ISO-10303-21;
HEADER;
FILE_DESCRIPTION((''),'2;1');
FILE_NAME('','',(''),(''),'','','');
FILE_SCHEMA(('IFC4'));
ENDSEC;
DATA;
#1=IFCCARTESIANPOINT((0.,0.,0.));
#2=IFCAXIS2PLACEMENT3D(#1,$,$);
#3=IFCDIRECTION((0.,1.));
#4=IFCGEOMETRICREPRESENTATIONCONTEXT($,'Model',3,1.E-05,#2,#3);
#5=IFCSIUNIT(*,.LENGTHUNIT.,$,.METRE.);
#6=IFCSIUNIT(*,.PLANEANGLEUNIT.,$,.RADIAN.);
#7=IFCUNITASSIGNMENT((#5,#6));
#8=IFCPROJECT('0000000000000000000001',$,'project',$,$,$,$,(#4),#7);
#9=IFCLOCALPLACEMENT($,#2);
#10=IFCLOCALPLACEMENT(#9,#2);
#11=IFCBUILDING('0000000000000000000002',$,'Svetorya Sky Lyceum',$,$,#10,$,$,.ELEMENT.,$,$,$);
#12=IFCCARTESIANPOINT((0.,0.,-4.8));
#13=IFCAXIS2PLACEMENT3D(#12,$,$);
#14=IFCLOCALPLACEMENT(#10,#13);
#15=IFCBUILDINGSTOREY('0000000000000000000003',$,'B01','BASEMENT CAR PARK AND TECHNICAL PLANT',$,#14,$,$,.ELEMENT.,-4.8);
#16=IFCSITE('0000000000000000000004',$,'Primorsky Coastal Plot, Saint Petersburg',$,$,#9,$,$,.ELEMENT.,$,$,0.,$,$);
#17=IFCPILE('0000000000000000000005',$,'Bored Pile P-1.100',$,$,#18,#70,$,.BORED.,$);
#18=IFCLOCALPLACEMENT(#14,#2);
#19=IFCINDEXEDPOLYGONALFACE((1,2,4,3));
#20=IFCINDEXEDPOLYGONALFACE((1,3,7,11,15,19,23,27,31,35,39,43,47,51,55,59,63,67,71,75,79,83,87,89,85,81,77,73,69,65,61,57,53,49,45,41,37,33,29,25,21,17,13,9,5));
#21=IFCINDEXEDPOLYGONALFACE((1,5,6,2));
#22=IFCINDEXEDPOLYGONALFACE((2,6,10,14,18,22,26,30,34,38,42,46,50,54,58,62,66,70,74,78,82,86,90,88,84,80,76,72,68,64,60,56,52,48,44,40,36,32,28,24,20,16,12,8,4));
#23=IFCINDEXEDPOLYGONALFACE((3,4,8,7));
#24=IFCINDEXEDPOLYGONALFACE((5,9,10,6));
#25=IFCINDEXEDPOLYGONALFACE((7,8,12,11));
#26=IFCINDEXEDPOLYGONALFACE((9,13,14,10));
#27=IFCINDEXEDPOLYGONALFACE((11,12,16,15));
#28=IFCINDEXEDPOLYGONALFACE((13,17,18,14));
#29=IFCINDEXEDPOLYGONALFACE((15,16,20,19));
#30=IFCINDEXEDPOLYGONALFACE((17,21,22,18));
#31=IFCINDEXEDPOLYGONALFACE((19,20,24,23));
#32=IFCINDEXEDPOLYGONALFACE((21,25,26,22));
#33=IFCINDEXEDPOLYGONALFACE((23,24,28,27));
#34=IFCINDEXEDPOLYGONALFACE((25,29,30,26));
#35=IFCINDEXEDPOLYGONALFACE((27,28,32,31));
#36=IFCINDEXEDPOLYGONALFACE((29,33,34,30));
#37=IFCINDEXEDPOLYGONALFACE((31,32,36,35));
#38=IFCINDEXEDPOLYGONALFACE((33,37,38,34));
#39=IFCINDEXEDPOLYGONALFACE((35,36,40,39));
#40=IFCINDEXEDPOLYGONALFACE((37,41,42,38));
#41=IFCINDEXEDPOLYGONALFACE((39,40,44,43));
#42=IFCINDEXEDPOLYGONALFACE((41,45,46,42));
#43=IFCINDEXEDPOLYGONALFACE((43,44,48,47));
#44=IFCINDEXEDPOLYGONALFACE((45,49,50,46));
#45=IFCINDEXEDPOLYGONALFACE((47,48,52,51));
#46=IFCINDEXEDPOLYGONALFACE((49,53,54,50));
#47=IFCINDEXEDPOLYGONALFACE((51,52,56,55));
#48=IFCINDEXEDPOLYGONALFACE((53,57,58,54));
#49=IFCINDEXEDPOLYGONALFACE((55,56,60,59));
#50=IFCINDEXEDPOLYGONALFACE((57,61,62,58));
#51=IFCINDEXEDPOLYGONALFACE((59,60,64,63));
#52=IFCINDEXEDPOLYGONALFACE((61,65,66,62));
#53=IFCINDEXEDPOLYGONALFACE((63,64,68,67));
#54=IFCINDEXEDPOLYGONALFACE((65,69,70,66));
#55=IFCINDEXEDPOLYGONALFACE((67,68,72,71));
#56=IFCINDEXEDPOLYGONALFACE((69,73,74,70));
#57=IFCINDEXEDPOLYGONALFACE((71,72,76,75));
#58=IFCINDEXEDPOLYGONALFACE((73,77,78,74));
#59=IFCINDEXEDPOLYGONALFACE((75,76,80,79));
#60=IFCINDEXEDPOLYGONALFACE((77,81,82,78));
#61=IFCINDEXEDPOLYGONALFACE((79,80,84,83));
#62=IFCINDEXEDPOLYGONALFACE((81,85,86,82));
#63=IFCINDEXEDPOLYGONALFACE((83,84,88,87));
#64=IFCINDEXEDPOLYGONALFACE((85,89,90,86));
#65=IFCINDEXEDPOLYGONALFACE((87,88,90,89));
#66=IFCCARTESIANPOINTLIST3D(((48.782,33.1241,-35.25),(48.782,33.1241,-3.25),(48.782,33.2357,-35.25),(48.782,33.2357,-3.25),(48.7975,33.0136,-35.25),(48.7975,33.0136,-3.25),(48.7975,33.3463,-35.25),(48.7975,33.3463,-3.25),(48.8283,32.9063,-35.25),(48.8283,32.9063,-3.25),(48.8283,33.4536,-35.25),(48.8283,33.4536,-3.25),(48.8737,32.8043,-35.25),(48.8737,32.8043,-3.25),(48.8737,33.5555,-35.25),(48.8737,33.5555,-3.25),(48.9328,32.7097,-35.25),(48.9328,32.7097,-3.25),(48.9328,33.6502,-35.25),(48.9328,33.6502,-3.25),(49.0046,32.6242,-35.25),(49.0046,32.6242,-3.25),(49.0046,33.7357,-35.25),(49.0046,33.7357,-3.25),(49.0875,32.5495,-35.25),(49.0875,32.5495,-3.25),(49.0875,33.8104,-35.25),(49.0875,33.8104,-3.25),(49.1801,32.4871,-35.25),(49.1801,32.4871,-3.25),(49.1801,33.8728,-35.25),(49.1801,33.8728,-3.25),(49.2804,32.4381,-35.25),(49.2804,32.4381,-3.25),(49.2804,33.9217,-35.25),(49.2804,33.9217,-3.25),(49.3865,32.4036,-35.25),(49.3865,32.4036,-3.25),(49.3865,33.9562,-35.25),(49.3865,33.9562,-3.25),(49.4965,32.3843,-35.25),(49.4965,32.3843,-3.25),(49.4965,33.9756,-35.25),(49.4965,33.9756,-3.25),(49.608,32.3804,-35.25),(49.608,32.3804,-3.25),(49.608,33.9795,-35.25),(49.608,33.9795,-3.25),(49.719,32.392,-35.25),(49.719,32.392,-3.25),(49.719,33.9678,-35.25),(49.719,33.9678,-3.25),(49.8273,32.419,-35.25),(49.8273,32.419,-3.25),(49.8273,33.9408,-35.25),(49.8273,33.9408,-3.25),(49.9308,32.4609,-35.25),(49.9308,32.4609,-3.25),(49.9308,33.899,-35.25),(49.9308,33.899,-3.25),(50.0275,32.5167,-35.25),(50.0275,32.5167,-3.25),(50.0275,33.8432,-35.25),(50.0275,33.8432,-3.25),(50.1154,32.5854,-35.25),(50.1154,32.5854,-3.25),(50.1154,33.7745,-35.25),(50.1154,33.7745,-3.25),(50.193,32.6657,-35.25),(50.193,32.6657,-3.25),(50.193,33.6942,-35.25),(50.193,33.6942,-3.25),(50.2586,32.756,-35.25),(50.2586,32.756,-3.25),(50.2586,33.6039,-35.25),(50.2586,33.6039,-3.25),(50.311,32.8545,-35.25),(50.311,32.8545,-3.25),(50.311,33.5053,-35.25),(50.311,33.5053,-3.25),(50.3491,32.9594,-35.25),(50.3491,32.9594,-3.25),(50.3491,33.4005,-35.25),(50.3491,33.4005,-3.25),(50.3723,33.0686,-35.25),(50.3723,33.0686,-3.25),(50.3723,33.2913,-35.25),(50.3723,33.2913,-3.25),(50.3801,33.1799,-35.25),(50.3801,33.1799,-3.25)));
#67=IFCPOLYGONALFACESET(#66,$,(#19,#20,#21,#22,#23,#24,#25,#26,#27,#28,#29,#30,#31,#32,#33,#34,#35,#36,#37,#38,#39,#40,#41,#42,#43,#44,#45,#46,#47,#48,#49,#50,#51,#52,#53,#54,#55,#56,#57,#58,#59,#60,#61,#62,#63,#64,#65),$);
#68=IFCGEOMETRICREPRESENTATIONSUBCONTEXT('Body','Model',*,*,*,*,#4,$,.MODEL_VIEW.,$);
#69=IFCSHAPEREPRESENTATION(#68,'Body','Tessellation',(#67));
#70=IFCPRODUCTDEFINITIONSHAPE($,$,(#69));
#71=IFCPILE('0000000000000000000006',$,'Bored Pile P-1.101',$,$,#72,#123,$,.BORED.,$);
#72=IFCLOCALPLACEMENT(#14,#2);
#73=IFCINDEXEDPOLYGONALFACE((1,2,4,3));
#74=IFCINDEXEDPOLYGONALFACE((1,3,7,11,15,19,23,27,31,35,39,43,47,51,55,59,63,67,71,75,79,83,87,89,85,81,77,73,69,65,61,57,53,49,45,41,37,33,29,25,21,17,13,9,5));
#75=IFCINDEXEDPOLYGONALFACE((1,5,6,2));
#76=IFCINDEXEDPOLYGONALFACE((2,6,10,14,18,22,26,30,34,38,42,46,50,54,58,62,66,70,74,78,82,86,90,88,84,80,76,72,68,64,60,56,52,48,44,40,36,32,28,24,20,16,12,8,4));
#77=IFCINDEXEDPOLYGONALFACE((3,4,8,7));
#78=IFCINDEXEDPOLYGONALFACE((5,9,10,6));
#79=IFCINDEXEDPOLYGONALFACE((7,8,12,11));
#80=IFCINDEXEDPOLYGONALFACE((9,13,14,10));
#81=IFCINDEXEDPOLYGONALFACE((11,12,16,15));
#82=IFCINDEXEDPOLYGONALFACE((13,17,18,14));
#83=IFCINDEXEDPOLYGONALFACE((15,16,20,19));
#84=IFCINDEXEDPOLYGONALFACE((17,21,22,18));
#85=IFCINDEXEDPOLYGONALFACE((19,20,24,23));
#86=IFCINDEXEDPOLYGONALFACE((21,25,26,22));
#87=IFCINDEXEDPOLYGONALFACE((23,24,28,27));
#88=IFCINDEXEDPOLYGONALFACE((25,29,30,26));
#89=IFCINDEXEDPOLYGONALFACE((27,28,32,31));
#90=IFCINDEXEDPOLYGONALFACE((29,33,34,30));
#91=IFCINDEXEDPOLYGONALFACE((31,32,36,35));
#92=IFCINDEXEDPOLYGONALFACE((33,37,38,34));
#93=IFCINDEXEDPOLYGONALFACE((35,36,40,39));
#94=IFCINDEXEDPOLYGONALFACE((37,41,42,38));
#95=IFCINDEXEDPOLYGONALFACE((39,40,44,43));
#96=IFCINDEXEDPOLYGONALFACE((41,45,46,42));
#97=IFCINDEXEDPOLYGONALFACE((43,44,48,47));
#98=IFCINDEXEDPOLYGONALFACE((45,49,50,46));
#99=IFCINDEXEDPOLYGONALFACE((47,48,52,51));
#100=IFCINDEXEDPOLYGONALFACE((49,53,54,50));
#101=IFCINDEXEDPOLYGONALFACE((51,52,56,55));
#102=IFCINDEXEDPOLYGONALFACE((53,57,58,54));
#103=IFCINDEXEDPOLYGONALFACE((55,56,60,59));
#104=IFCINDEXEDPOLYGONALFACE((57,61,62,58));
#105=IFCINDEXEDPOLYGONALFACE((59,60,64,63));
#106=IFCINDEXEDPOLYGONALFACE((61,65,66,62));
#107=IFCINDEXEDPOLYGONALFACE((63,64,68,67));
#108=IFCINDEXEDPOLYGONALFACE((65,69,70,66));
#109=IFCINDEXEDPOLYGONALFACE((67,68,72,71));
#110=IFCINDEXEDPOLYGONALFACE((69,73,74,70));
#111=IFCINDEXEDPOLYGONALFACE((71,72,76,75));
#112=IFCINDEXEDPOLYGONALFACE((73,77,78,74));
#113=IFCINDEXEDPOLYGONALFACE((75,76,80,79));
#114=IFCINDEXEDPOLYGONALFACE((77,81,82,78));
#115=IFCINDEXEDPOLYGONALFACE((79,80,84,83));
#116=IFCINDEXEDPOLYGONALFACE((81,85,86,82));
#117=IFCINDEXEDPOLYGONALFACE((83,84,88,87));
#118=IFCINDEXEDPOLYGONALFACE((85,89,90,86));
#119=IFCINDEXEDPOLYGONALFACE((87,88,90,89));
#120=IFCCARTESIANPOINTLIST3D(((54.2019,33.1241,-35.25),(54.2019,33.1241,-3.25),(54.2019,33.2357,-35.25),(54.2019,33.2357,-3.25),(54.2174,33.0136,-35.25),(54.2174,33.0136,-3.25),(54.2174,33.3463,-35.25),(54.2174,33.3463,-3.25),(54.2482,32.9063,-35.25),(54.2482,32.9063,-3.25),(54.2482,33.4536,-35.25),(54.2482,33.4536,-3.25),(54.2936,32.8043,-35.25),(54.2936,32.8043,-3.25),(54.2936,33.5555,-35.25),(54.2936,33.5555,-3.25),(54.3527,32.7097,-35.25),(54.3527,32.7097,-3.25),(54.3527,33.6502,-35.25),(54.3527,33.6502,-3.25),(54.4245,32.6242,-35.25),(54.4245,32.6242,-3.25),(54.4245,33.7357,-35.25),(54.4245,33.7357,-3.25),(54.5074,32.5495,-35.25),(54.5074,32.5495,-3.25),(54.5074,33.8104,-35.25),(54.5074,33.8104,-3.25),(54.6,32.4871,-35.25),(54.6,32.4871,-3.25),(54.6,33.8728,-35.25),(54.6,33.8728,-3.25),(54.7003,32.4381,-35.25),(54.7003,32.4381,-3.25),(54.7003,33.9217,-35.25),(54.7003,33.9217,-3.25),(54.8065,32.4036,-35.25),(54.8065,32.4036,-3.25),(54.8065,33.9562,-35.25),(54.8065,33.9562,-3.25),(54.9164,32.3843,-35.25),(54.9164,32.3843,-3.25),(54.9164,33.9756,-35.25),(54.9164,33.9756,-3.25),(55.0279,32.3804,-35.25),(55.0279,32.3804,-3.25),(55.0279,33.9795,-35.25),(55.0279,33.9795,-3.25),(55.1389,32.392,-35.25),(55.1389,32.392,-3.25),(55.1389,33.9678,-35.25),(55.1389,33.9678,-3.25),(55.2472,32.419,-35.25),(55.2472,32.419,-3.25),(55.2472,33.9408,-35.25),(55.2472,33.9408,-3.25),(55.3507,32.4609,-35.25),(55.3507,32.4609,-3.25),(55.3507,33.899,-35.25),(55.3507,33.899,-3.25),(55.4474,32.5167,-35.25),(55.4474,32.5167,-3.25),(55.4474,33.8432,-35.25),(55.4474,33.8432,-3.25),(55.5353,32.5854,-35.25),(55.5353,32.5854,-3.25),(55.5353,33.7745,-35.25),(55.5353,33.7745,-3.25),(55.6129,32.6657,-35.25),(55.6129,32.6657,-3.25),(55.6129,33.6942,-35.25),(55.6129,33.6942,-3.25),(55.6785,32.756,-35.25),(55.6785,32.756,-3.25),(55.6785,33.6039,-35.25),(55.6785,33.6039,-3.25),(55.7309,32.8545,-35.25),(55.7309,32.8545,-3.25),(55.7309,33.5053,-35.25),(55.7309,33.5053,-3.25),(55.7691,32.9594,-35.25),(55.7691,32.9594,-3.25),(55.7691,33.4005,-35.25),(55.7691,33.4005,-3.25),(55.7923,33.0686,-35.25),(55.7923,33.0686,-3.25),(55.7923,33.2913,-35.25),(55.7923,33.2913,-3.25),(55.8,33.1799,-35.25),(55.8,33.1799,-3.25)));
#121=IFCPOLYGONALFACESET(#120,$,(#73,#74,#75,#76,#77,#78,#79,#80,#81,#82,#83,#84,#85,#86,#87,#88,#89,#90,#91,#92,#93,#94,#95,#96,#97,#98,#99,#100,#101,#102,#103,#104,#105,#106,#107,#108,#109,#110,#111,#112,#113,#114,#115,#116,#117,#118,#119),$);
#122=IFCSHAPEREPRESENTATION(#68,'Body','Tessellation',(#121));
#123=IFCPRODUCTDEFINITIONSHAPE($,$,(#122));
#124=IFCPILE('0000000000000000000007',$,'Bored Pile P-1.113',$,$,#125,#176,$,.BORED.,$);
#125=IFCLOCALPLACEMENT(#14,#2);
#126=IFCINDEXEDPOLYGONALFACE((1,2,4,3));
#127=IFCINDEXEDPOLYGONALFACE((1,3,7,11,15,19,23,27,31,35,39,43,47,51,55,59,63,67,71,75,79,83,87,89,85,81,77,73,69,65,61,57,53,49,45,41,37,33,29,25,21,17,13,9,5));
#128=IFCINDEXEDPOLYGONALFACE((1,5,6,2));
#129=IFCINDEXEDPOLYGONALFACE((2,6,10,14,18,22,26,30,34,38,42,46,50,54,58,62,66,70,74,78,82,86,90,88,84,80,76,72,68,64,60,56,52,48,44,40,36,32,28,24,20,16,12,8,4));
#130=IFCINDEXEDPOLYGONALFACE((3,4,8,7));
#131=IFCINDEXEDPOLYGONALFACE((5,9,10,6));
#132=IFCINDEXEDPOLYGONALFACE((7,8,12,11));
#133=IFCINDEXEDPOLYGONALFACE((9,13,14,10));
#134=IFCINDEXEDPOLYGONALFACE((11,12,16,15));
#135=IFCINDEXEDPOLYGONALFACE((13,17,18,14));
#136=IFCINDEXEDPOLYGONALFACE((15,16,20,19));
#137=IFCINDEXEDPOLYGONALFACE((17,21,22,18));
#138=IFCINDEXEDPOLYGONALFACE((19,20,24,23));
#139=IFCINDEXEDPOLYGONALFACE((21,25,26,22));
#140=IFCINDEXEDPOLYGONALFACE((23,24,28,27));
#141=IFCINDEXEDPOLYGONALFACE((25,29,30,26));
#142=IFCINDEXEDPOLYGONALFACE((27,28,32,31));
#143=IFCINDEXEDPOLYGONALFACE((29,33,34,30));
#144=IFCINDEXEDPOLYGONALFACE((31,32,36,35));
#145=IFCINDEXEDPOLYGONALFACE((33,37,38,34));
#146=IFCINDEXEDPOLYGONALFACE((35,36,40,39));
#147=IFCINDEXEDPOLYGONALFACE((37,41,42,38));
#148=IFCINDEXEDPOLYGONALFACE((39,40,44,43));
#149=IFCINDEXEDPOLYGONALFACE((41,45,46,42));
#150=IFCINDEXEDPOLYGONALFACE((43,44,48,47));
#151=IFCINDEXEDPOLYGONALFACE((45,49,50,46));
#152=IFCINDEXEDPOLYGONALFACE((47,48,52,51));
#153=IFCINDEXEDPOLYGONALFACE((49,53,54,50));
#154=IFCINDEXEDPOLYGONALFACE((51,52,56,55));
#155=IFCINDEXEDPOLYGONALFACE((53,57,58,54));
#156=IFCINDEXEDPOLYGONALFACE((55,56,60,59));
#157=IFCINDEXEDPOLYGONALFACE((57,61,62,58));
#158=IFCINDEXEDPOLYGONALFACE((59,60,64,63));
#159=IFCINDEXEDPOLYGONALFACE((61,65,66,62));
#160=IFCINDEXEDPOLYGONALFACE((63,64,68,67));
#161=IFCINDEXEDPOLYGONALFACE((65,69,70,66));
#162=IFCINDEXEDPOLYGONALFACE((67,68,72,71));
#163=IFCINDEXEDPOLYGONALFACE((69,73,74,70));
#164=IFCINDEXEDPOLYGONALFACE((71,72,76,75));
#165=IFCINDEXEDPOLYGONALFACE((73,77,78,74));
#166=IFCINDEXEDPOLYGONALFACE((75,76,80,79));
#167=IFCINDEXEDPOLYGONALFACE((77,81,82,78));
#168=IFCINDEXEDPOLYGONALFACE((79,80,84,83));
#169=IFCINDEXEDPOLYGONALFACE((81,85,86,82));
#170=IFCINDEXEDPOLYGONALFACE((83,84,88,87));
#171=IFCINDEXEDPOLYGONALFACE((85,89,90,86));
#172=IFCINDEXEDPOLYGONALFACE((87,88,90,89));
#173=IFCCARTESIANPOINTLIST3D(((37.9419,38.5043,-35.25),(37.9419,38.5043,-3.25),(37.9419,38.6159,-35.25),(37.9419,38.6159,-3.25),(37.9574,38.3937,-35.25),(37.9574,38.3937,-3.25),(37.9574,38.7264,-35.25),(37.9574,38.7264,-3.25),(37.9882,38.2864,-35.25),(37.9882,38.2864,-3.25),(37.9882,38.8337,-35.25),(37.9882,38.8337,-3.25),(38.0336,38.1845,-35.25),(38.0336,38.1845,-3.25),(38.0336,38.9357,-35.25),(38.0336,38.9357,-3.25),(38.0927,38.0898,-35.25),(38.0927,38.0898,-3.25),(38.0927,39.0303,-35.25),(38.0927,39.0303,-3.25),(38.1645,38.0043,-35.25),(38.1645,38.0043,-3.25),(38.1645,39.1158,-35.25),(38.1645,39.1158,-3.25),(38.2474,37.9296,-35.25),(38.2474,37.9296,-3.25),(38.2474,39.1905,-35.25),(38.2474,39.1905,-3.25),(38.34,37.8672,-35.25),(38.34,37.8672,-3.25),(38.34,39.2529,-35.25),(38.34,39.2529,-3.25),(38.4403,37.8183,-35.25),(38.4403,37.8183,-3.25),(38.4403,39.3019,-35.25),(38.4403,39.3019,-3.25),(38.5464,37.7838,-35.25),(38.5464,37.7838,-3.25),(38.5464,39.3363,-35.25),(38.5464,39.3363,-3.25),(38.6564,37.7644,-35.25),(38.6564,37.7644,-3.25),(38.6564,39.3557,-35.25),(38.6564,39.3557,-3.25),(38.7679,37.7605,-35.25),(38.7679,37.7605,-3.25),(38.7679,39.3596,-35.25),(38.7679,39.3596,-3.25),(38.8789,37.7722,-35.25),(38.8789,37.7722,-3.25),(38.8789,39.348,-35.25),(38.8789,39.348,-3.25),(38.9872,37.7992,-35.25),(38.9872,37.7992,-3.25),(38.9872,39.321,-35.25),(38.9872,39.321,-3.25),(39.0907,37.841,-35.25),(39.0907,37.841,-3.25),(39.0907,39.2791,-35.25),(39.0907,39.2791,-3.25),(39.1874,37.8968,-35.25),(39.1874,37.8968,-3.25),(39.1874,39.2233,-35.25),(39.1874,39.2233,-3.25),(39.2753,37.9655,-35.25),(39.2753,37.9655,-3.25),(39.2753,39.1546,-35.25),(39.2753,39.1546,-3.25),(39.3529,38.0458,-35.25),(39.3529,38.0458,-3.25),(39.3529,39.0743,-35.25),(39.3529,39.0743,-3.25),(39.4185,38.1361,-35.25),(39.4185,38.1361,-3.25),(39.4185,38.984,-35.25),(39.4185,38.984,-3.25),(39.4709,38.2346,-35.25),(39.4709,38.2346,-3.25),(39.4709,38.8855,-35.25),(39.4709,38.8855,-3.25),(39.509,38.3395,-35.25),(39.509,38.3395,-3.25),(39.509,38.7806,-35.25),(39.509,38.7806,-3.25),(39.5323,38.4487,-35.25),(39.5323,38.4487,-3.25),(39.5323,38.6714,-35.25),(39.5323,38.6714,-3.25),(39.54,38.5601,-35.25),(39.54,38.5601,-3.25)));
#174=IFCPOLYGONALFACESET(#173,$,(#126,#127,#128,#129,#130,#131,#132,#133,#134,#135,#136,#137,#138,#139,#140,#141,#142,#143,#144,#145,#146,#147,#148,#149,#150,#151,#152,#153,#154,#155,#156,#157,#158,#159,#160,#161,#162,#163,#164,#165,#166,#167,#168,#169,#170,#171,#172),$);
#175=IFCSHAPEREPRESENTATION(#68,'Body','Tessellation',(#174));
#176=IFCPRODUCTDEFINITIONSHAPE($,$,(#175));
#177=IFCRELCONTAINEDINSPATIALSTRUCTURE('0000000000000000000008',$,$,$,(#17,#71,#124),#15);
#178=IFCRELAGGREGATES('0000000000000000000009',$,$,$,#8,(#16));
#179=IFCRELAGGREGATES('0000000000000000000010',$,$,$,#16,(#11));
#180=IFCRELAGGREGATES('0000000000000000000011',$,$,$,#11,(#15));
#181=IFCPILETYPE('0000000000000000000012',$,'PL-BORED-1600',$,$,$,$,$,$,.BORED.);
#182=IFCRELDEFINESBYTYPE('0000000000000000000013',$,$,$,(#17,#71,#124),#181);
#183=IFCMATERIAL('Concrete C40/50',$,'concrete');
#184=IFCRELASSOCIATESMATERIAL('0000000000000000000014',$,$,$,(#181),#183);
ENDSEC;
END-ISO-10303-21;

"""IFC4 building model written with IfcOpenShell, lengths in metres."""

from ifc_helpers import new_model, si_unit, direction, frame, origin, origin_2d, place, context, subcontext, project, spatial, circle, extrude, material, material_profile, profile_set, type_object, element, save


model = new_model("IFC4")

# Units and contexts
model_context = context("Model", 3, precision=1e-05, world=origin(), true_north=direction((0.0, 1.0)))
body_context = subcontext(model_context, "Body", "Model", "MODEL_VIEW")
ifc_project = project(units=[si_unit("LENGTHUNIT", "METRE"), si_unit("PLANEANGLEUNIT", "RADIAN")], contexts=[model_context])

# Site, building, storey
site_placement = place(None, origin())
site = spatial("IfcSite", under=ifc_project, at=site_placement, Name="Primorsky Coastal Plot, Saint Petersburg", CompositionType="ELEMENT", RefElevation=0.0)
building_placement = place(site_placement, origin())
building = spatial("IfcBuilding", under=site, at=building_placement, Name="Svetorya Sky Lyceum", CompositionType="ELEMENT")
storey_placement = place(building_placement, frame((0.0, 0.0, -4.8)))
storey = spatial("IfcBuildingStorey", under=building, at=storey_placement, Name="B01", Description="BASEMENT CAR PARK AND TECHNICAL PLANT", CompositionType="ELEMENT", Elevation=-4.8)

# Piles
ifc_material_1 = material(Name="Concrete C40/50", Category="concrete")
ifc_material_profile_1 = material_profile(ifc_material_1, circle(Radius=0.8, at=origin_2d()), Name="RC PILE D1600")
ifc_profile_set_1 = profile_set([ifc_material_profile_1], Name="Concrete C40/50")
pile_type = type_object("IfcPileType", Name="PL-BORED-1600", PredefinedType="BORED", material=ifc_profile_set_1)
for number, where, z_axis, x_axis, name in (
    (1, (49.5801, 33.1799, -3.25), (0.0, 0.0, -1.0), (1.0, 0.0, 0.0), "Bored Pile P-1.100"),
    (2, (55.0, 33.1799, -3.25), (0.0, 0.0, -1.0), (1.0, 0.0, 0.0), "Bored Pile P-1.101"),
    (3, (38.74, 38.5601, -3.25), (0.0, 0.0, -1.0), (1.0, 0.0, 0.0), "Bored Pile P-1.113"),
):
    element("IfcPile", number, at=place(storey_placement, frame(where, z_axis=z_axis, x_axis=x_axis)), inside=storey, type_object=pile_type, Name=name, PredefinedType="BORED", context=body_context, shape_type="SweptSolid", body=[
        extrude(circle(Radius=0.8, at=origin_2d()), origin(), (0.0, 0.0, 1.0), 32.0),
    ])

save(model, "model.ifc")
